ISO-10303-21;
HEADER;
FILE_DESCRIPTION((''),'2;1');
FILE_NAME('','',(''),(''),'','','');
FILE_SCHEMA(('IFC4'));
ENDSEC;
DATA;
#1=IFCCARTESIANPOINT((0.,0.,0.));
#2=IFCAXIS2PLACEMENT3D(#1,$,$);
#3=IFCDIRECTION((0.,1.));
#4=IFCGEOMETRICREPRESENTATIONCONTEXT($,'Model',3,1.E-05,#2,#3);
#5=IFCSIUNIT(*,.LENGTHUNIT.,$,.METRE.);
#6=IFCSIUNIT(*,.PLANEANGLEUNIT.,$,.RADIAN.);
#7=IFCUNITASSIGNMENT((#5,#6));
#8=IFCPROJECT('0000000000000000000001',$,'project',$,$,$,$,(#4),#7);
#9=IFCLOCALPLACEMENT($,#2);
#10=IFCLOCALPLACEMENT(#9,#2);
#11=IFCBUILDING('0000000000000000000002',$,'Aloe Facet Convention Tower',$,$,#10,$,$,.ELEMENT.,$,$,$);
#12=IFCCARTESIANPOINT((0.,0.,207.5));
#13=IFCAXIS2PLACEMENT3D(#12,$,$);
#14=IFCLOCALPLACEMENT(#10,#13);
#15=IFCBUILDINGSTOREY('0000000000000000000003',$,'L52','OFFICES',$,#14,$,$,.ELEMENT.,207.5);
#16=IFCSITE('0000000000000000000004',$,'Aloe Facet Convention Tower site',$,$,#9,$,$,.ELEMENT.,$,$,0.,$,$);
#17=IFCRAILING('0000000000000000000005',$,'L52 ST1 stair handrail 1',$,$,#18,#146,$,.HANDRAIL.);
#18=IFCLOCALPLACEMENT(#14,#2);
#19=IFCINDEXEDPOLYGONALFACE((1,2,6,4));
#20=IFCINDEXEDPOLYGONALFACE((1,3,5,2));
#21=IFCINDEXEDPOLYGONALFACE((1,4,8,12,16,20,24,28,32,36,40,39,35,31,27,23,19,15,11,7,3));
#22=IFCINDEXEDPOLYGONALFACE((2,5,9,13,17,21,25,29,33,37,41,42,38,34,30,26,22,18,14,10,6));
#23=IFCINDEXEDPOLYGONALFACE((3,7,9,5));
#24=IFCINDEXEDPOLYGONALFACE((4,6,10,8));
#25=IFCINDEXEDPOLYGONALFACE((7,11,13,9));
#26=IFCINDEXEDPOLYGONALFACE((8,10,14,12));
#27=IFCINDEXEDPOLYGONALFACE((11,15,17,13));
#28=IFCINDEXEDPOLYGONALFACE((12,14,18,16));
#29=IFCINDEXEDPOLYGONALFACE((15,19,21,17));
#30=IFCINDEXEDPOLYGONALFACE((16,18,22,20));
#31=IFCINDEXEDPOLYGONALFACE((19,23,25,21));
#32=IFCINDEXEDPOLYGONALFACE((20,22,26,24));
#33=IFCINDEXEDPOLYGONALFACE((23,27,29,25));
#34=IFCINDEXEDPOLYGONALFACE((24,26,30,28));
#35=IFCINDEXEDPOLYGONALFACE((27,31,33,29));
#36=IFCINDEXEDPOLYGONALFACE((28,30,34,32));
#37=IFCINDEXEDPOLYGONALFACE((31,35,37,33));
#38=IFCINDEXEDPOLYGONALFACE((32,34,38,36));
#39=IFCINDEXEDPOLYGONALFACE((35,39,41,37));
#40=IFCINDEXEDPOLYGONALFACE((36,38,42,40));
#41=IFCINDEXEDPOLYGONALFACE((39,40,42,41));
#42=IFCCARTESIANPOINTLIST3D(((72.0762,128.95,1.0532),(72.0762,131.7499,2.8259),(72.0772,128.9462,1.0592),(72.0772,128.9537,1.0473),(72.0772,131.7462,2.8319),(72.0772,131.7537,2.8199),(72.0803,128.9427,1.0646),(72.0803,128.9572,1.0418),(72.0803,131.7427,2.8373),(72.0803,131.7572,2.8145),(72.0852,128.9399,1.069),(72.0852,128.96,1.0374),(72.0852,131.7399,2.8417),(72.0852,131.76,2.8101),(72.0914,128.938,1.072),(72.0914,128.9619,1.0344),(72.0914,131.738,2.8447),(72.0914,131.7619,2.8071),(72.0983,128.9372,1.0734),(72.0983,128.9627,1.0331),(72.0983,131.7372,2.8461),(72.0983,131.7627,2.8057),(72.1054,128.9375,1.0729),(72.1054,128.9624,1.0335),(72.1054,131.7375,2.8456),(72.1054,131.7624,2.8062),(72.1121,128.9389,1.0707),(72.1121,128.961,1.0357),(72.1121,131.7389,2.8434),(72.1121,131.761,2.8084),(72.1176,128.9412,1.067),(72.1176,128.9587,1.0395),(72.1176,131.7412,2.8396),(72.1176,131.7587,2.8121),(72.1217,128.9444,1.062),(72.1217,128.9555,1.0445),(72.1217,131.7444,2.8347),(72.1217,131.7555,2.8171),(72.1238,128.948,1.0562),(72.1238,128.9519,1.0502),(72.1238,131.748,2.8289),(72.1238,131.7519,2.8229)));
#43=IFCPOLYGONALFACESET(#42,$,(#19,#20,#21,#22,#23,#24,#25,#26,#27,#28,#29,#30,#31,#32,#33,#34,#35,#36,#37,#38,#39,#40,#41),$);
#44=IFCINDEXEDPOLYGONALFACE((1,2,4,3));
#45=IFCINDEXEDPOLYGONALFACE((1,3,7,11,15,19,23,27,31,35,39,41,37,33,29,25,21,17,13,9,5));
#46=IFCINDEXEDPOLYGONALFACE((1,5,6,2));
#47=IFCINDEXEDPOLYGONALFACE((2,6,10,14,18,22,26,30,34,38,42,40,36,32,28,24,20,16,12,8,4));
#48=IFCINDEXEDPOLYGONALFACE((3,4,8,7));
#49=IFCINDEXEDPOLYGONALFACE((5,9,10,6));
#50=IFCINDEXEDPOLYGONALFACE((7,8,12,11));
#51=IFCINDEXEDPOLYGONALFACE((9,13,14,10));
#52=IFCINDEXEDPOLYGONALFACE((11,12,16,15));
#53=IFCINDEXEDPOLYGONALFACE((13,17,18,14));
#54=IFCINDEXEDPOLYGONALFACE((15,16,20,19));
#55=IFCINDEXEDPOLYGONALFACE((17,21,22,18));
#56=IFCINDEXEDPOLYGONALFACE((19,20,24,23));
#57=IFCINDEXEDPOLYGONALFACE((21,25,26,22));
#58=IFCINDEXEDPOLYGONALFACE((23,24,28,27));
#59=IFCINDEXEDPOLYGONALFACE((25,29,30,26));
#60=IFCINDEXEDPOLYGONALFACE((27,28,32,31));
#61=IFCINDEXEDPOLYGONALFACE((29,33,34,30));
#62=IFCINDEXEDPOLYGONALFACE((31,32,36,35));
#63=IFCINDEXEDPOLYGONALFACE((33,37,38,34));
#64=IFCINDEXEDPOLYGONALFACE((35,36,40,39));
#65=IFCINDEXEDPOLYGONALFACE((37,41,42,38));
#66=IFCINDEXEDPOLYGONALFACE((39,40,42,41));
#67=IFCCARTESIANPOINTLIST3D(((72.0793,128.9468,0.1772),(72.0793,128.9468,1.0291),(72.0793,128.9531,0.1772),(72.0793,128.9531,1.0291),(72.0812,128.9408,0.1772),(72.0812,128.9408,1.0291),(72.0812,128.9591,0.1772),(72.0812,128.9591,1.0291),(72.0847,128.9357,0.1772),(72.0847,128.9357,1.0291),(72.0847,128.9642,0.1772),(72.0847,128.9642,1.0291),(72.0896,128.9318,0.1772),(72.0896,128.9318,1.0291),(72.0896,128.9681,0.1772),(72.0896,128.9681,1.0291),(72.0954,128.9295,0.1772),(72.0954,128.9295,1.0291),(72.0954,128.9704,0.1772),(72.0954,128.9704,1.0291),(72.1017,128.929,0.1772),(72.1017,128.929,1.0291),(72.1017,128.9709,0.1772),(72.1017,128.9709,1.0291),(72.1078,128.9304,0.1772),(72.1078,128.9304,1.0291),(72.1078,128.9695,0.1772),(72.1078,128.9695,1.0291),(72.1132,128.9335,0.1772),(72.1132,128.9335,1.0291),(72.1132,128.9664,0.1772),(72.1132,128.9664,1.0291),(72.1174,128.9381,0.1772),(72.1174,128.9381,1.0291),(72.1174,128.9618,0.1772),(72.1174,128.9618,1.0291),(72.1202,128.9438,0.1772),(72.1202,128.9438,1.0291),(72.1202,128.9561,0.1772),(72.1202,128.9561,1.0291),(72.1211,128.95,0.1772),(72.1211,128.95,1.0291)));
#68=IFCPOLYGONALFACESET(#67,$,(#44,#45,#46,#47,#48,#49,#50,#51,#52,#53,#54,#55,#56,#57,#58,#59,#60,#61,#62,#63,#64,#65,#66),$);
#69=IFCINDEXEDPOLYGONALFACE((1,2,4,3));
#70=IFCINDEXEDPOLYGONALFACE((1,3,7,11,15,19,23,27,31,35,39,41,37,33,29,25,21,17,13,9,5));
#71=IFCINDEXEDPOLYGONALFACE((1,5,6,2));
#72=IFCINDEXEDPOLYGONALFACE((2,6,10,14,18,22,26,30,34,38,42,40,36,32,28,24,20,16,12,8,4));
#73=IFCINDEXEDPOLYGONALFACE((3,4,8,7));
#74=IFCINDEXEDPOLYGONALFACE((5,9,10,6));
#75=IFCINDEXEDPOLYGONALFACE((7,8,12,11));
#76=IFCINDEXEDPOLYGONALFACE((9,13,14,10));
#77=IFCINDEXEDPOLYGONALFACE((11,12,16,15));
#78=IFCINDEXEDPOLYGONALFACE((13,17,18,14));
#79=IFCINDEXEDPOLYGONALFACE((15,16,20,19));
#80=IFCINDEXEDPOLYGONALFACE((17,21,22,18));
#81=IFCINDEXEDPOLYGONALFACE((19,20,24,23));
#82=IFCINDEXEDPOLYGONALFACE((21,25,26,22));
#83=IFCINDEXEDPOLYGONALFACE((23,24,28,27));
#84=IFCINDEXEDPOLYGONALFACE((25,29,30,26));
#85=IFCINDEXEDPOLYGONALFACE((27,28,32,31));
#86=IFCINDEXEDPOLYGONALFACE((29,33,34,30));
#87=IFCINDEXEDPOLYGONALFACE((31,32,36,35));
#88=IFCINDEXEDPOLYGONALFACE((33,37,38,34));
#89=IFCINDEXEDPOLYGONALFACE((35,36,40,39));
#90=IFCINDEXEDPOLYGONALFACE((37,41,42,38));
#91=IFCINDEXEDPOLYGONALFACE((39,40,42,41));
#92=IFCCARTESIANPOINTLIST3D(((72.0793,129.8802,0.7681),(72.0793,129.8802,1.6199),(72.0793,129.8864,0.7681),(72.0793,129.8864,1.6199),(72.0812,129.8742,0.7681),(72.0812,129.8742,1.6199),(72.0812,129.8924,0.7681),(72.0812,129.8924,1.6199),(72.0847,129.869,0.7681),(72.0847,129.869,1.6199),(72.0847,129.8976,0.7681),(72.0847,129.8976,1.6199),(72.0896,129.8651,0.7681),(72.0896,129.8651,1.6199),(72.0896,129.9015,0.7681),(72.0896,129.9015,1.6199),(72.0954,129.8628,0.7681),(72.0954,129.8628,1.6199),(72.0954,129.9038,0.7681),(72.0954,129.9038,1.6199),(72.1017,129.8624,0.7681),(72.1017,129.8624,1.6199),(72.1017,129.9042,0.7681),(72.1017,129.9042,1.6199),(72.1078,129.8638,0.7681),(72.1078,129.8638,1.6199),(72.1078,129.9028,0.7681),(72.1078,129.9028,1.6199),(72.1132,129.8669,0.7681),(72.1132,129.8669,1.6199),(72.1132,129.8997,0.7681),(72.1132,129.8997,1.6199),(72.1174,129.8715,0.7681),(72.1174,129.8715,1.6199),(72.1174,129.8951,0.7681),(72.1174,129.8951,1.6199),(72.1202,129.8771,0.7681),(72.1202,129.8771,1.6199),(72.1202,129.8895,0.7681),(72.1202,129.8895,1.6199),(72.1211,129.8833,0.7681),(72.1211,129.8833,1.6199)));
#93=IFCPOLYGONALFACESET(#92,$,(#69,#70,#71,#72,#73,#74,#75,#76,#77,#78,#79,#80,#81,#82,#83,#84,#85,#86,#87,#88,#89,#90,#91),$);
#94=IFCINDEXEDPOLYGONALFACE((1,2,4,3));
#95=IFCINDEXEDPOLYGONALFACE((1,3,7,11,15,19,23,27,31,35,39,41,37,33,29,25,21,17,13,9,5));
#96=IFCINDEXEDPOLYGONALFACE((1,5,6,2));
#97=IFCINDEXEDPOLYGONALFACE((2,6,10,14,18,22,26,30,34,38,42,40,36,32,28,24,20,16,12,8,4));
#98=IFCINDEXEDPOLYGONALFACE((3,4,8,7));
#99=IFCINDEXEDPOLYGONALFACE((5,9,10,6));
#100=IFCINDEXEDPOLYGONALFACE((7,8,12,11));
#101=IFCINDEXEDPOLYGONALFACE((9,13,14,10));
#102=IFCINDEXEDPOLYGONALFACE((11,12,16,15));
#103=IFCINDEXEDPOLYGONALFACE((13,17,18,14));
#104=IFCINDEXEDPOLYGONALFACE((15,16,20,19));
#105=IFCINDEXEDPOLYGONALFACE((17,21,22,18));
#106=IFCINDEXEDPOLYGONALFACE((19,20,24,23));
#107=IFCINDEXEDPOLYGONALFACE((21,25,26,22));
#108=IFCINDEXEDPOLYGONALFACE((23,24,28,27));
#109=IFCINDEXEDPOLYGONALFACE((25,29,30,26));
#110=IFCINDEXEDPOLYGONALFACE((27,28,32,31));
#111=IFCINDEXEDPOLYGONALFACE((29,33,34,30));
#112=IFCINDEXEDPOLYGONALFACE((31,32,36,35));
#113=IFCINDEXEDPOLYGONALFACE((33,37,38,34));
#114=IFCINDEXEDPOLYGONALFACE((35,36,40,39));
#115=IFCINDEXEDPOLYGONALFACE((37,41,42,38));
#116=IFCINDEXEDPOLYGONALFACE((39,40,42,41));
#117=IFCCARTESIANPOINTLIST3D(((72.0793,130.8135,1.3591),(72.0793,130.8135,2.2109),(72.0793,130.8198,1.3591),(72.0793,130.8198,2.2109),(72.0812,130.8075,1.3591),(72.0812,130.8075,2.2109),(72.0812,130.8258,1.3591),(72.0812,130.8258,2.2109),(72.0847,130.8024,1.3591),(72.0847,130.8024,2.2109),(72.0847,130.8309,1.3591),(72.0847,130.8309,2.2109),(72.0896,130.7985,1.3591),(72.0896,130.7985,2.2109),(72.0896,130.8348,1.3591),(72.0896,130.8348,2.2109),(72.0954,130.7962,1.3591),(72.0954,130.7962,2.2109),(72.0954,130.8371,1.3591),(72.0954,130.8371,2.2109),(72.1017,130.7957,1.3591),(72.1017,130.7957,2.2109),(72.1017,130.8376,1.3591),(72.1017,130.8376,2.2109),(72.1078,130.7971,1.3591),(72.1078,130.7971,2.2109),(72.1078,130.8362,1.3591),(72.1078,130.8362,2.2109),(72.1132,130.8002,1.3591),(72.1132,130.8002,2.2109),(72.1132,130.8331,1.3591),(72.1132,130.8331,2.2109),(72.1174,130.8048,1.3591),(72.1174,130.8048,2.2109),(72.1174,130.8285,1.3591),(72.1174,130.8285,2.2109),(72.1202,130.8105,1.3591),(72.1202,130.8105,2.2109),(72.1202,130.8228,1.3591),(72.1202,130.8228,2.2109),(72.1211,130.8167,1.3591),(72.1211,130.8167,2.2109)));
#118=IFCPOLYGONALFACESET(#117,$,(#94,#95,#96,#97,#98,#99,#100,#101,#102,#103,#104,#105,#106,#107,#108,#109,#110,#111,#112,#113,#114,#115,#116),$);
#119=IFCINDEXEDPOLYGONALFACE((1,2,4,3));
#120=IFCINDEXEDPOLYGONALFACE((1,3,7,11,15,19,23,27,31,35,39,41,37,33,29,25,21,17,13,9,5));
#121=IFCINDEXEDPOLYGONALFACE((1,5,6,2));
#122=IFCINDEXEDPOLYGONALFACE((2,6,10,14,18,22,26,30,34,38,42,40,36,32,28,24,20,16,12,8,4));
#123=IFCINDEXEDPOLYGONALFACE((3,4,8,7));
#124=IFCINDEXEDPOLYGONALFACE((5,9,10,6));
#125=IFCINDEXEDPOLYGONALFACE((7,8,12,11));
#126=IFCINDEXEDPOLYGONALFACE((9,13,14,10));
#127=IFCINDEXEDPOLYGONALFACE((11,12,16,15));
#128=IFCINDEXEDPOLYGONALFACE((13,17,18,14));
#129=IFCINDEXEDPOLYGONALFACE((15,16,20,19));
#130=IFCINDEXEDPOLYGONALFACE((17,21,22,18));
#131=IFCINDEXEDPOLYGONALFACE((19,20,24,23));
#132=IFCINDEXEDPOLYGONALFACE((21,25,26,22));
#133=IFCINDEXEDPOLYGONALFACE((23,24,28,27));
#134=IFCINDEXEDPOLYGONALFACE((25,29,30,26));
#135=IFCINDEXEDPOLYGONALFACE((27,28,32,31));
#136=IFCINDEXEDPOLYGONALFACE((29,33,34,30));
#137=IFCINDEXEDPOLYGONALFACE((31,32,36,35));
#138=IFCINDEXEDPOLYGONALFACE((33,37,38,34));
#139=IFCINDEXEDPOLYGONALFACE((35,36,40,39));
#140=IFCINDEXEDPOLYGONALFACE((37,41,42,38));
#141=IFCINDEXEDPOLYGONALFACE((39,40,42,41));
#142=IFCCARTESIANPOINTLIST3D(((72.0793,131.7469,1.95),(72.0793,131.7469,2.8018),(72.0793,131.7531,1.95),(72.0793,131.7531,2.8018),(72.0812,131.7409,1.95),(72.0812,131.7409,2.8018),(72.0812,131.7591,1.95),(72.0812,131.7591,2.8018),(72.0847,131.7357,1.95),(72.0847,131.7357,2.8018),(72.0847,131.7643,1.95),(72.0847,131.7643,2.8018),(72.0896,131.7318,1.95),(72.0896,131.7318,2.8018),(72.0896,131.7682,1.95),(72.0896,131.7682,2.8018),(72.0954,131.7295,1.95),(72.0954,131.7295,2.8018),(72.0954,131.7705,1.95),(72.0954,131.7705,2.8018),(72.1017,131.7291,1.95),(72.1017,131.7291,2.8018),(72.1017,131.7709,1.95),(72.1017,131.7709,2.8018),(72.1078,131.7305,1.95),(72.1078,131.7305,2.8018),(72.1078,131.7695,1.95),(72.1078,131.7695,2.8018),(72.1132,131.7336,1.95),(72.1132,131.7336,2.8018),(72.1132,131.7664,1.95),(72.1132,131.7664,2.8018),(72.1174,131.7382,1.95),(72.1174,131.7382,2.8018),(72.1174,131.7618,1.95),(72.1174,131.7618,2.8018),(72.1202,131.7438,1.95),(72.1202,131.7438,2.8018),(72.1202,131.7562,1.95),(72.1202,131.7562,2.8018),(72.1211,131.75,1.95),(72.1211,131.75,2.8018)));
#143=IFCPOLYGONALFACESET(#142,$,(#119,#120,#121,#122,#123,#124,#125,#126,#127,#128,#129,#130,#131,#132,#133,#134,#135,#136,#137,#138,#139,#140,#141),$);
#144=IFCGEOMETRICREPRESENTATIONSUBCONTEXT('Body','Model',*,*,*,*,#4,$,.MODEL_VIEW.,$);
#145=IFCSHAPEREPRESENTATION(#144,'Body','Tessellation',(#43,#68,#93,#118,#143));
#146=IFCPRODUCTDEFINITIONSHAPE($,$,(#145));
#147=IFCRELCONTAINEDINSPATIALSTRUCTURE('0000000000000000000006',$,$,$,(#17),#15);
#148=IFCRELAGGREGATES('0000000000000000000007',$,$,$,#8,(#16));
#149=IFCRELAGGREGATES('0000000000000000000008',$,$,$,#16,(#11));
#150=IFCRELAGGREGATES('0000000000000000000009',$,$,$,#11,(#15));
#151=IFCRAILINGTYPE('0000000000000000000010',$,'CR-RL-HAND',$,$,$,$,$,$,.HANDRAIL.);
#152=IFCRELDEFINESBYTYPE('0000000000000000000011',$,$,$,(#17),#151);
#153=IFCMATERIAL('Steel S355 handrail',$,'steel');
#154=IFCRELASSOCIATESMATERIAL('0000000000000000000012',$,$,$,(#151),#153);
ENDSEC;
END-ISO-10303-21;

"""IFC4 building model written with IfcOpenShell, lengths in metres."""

from ifc_helpers import new_model, si_unit, direction, frame, origin, origin_2d, place, context, subcontext, project, spatial, circle, extrude, material, type_object, element, save


model = new_model("IFC4")

# Units and contexts
model_context = context("Model", 3, precision=1e-05, world=origin(), true_north=direction((0.0, 1.0)))
body_context = subcontext(model_context, "Body", "Model", "MODEL_VIEW")
ifc_project = project(units=[si_unit("LENGTHUNIT", "METRE"), si_unit("PLANEANGLEUNIT", "RADIAN")], contexts=[model_context])

# Site, building, storey
site_placement = place(None, origin())
site = spatial("IfcSite", under=ifc_project, at=site_placement, Name="Aloe Facet Convention Tower site", CompositionType="ELEMENT", RefElevation=0.0)
building_placement = place(site_placement, origin())
building = spatial("IfcBuilding", under=site, at=building_placement, Name="Aloe Facet Convention Tower", CompositionType="ELEMENT")
storey_placement = place(building_placement, frame((0.0, 0.0, 207.5)))
storey = spatial("IfcBuildingStorey", under=building, at=storey_placement, Name="L52", Description="OFFICES", CompositionType="ELEMENT", Elevation=207.5)

# Railing
ifc_material_1 = material(Name="Steel S355 handrail", Category="steel")
railing_type_1 = type_object("IfcRailingType", Name="CR-RL-HAND", PredefinedType="HANDRAIL", material=ifc_material_1)
railing_1_placement = place(storey_placement, frame((72.1001, 128.95, 0.1772)))
element("IfcRailing", 1, at=railing_1_placement, inside=storey, type_object=railing_type_1, Name="L52 ST1 stair handrail 1", PredefinedType="HANDRAIL", context=body_context, shape_type="SweptSolid", body=[
    extrude(circle(Radius=0.0239, at=origin_2d()), frame((0.0, 0.0, 0.876), z_axis=(0.0, 0.844909, 0.53491), x_axis=(-1.0, 0.0, 0.0)), (0.0, 0.0, 1.0), 3.314),
    extrude(circle(Radius=0.021, at=origin_2d()), origin(), (0.0, 0.0, 1.0), 0.8518),
    extrude(circle(Radius=0.021, at=origin_2d()), frame((0.0, 0.9333, 0.5908)), (0.0, 0.0, 1.0), 0.8518),
    extrude(circle(Radius=0.021, at=origin_2d()), frame((0.0, 1.8667, 1.1819)), (0.0, 0.0, 1.0), 0.8518),
    extrude(circle(Radius=0.021, at=origin_2d()), frame((0.0, 2.8, 1.7727)), (0.0, 0.0, 1.0), 0.8518),
])

save(model, "model.ifc")
